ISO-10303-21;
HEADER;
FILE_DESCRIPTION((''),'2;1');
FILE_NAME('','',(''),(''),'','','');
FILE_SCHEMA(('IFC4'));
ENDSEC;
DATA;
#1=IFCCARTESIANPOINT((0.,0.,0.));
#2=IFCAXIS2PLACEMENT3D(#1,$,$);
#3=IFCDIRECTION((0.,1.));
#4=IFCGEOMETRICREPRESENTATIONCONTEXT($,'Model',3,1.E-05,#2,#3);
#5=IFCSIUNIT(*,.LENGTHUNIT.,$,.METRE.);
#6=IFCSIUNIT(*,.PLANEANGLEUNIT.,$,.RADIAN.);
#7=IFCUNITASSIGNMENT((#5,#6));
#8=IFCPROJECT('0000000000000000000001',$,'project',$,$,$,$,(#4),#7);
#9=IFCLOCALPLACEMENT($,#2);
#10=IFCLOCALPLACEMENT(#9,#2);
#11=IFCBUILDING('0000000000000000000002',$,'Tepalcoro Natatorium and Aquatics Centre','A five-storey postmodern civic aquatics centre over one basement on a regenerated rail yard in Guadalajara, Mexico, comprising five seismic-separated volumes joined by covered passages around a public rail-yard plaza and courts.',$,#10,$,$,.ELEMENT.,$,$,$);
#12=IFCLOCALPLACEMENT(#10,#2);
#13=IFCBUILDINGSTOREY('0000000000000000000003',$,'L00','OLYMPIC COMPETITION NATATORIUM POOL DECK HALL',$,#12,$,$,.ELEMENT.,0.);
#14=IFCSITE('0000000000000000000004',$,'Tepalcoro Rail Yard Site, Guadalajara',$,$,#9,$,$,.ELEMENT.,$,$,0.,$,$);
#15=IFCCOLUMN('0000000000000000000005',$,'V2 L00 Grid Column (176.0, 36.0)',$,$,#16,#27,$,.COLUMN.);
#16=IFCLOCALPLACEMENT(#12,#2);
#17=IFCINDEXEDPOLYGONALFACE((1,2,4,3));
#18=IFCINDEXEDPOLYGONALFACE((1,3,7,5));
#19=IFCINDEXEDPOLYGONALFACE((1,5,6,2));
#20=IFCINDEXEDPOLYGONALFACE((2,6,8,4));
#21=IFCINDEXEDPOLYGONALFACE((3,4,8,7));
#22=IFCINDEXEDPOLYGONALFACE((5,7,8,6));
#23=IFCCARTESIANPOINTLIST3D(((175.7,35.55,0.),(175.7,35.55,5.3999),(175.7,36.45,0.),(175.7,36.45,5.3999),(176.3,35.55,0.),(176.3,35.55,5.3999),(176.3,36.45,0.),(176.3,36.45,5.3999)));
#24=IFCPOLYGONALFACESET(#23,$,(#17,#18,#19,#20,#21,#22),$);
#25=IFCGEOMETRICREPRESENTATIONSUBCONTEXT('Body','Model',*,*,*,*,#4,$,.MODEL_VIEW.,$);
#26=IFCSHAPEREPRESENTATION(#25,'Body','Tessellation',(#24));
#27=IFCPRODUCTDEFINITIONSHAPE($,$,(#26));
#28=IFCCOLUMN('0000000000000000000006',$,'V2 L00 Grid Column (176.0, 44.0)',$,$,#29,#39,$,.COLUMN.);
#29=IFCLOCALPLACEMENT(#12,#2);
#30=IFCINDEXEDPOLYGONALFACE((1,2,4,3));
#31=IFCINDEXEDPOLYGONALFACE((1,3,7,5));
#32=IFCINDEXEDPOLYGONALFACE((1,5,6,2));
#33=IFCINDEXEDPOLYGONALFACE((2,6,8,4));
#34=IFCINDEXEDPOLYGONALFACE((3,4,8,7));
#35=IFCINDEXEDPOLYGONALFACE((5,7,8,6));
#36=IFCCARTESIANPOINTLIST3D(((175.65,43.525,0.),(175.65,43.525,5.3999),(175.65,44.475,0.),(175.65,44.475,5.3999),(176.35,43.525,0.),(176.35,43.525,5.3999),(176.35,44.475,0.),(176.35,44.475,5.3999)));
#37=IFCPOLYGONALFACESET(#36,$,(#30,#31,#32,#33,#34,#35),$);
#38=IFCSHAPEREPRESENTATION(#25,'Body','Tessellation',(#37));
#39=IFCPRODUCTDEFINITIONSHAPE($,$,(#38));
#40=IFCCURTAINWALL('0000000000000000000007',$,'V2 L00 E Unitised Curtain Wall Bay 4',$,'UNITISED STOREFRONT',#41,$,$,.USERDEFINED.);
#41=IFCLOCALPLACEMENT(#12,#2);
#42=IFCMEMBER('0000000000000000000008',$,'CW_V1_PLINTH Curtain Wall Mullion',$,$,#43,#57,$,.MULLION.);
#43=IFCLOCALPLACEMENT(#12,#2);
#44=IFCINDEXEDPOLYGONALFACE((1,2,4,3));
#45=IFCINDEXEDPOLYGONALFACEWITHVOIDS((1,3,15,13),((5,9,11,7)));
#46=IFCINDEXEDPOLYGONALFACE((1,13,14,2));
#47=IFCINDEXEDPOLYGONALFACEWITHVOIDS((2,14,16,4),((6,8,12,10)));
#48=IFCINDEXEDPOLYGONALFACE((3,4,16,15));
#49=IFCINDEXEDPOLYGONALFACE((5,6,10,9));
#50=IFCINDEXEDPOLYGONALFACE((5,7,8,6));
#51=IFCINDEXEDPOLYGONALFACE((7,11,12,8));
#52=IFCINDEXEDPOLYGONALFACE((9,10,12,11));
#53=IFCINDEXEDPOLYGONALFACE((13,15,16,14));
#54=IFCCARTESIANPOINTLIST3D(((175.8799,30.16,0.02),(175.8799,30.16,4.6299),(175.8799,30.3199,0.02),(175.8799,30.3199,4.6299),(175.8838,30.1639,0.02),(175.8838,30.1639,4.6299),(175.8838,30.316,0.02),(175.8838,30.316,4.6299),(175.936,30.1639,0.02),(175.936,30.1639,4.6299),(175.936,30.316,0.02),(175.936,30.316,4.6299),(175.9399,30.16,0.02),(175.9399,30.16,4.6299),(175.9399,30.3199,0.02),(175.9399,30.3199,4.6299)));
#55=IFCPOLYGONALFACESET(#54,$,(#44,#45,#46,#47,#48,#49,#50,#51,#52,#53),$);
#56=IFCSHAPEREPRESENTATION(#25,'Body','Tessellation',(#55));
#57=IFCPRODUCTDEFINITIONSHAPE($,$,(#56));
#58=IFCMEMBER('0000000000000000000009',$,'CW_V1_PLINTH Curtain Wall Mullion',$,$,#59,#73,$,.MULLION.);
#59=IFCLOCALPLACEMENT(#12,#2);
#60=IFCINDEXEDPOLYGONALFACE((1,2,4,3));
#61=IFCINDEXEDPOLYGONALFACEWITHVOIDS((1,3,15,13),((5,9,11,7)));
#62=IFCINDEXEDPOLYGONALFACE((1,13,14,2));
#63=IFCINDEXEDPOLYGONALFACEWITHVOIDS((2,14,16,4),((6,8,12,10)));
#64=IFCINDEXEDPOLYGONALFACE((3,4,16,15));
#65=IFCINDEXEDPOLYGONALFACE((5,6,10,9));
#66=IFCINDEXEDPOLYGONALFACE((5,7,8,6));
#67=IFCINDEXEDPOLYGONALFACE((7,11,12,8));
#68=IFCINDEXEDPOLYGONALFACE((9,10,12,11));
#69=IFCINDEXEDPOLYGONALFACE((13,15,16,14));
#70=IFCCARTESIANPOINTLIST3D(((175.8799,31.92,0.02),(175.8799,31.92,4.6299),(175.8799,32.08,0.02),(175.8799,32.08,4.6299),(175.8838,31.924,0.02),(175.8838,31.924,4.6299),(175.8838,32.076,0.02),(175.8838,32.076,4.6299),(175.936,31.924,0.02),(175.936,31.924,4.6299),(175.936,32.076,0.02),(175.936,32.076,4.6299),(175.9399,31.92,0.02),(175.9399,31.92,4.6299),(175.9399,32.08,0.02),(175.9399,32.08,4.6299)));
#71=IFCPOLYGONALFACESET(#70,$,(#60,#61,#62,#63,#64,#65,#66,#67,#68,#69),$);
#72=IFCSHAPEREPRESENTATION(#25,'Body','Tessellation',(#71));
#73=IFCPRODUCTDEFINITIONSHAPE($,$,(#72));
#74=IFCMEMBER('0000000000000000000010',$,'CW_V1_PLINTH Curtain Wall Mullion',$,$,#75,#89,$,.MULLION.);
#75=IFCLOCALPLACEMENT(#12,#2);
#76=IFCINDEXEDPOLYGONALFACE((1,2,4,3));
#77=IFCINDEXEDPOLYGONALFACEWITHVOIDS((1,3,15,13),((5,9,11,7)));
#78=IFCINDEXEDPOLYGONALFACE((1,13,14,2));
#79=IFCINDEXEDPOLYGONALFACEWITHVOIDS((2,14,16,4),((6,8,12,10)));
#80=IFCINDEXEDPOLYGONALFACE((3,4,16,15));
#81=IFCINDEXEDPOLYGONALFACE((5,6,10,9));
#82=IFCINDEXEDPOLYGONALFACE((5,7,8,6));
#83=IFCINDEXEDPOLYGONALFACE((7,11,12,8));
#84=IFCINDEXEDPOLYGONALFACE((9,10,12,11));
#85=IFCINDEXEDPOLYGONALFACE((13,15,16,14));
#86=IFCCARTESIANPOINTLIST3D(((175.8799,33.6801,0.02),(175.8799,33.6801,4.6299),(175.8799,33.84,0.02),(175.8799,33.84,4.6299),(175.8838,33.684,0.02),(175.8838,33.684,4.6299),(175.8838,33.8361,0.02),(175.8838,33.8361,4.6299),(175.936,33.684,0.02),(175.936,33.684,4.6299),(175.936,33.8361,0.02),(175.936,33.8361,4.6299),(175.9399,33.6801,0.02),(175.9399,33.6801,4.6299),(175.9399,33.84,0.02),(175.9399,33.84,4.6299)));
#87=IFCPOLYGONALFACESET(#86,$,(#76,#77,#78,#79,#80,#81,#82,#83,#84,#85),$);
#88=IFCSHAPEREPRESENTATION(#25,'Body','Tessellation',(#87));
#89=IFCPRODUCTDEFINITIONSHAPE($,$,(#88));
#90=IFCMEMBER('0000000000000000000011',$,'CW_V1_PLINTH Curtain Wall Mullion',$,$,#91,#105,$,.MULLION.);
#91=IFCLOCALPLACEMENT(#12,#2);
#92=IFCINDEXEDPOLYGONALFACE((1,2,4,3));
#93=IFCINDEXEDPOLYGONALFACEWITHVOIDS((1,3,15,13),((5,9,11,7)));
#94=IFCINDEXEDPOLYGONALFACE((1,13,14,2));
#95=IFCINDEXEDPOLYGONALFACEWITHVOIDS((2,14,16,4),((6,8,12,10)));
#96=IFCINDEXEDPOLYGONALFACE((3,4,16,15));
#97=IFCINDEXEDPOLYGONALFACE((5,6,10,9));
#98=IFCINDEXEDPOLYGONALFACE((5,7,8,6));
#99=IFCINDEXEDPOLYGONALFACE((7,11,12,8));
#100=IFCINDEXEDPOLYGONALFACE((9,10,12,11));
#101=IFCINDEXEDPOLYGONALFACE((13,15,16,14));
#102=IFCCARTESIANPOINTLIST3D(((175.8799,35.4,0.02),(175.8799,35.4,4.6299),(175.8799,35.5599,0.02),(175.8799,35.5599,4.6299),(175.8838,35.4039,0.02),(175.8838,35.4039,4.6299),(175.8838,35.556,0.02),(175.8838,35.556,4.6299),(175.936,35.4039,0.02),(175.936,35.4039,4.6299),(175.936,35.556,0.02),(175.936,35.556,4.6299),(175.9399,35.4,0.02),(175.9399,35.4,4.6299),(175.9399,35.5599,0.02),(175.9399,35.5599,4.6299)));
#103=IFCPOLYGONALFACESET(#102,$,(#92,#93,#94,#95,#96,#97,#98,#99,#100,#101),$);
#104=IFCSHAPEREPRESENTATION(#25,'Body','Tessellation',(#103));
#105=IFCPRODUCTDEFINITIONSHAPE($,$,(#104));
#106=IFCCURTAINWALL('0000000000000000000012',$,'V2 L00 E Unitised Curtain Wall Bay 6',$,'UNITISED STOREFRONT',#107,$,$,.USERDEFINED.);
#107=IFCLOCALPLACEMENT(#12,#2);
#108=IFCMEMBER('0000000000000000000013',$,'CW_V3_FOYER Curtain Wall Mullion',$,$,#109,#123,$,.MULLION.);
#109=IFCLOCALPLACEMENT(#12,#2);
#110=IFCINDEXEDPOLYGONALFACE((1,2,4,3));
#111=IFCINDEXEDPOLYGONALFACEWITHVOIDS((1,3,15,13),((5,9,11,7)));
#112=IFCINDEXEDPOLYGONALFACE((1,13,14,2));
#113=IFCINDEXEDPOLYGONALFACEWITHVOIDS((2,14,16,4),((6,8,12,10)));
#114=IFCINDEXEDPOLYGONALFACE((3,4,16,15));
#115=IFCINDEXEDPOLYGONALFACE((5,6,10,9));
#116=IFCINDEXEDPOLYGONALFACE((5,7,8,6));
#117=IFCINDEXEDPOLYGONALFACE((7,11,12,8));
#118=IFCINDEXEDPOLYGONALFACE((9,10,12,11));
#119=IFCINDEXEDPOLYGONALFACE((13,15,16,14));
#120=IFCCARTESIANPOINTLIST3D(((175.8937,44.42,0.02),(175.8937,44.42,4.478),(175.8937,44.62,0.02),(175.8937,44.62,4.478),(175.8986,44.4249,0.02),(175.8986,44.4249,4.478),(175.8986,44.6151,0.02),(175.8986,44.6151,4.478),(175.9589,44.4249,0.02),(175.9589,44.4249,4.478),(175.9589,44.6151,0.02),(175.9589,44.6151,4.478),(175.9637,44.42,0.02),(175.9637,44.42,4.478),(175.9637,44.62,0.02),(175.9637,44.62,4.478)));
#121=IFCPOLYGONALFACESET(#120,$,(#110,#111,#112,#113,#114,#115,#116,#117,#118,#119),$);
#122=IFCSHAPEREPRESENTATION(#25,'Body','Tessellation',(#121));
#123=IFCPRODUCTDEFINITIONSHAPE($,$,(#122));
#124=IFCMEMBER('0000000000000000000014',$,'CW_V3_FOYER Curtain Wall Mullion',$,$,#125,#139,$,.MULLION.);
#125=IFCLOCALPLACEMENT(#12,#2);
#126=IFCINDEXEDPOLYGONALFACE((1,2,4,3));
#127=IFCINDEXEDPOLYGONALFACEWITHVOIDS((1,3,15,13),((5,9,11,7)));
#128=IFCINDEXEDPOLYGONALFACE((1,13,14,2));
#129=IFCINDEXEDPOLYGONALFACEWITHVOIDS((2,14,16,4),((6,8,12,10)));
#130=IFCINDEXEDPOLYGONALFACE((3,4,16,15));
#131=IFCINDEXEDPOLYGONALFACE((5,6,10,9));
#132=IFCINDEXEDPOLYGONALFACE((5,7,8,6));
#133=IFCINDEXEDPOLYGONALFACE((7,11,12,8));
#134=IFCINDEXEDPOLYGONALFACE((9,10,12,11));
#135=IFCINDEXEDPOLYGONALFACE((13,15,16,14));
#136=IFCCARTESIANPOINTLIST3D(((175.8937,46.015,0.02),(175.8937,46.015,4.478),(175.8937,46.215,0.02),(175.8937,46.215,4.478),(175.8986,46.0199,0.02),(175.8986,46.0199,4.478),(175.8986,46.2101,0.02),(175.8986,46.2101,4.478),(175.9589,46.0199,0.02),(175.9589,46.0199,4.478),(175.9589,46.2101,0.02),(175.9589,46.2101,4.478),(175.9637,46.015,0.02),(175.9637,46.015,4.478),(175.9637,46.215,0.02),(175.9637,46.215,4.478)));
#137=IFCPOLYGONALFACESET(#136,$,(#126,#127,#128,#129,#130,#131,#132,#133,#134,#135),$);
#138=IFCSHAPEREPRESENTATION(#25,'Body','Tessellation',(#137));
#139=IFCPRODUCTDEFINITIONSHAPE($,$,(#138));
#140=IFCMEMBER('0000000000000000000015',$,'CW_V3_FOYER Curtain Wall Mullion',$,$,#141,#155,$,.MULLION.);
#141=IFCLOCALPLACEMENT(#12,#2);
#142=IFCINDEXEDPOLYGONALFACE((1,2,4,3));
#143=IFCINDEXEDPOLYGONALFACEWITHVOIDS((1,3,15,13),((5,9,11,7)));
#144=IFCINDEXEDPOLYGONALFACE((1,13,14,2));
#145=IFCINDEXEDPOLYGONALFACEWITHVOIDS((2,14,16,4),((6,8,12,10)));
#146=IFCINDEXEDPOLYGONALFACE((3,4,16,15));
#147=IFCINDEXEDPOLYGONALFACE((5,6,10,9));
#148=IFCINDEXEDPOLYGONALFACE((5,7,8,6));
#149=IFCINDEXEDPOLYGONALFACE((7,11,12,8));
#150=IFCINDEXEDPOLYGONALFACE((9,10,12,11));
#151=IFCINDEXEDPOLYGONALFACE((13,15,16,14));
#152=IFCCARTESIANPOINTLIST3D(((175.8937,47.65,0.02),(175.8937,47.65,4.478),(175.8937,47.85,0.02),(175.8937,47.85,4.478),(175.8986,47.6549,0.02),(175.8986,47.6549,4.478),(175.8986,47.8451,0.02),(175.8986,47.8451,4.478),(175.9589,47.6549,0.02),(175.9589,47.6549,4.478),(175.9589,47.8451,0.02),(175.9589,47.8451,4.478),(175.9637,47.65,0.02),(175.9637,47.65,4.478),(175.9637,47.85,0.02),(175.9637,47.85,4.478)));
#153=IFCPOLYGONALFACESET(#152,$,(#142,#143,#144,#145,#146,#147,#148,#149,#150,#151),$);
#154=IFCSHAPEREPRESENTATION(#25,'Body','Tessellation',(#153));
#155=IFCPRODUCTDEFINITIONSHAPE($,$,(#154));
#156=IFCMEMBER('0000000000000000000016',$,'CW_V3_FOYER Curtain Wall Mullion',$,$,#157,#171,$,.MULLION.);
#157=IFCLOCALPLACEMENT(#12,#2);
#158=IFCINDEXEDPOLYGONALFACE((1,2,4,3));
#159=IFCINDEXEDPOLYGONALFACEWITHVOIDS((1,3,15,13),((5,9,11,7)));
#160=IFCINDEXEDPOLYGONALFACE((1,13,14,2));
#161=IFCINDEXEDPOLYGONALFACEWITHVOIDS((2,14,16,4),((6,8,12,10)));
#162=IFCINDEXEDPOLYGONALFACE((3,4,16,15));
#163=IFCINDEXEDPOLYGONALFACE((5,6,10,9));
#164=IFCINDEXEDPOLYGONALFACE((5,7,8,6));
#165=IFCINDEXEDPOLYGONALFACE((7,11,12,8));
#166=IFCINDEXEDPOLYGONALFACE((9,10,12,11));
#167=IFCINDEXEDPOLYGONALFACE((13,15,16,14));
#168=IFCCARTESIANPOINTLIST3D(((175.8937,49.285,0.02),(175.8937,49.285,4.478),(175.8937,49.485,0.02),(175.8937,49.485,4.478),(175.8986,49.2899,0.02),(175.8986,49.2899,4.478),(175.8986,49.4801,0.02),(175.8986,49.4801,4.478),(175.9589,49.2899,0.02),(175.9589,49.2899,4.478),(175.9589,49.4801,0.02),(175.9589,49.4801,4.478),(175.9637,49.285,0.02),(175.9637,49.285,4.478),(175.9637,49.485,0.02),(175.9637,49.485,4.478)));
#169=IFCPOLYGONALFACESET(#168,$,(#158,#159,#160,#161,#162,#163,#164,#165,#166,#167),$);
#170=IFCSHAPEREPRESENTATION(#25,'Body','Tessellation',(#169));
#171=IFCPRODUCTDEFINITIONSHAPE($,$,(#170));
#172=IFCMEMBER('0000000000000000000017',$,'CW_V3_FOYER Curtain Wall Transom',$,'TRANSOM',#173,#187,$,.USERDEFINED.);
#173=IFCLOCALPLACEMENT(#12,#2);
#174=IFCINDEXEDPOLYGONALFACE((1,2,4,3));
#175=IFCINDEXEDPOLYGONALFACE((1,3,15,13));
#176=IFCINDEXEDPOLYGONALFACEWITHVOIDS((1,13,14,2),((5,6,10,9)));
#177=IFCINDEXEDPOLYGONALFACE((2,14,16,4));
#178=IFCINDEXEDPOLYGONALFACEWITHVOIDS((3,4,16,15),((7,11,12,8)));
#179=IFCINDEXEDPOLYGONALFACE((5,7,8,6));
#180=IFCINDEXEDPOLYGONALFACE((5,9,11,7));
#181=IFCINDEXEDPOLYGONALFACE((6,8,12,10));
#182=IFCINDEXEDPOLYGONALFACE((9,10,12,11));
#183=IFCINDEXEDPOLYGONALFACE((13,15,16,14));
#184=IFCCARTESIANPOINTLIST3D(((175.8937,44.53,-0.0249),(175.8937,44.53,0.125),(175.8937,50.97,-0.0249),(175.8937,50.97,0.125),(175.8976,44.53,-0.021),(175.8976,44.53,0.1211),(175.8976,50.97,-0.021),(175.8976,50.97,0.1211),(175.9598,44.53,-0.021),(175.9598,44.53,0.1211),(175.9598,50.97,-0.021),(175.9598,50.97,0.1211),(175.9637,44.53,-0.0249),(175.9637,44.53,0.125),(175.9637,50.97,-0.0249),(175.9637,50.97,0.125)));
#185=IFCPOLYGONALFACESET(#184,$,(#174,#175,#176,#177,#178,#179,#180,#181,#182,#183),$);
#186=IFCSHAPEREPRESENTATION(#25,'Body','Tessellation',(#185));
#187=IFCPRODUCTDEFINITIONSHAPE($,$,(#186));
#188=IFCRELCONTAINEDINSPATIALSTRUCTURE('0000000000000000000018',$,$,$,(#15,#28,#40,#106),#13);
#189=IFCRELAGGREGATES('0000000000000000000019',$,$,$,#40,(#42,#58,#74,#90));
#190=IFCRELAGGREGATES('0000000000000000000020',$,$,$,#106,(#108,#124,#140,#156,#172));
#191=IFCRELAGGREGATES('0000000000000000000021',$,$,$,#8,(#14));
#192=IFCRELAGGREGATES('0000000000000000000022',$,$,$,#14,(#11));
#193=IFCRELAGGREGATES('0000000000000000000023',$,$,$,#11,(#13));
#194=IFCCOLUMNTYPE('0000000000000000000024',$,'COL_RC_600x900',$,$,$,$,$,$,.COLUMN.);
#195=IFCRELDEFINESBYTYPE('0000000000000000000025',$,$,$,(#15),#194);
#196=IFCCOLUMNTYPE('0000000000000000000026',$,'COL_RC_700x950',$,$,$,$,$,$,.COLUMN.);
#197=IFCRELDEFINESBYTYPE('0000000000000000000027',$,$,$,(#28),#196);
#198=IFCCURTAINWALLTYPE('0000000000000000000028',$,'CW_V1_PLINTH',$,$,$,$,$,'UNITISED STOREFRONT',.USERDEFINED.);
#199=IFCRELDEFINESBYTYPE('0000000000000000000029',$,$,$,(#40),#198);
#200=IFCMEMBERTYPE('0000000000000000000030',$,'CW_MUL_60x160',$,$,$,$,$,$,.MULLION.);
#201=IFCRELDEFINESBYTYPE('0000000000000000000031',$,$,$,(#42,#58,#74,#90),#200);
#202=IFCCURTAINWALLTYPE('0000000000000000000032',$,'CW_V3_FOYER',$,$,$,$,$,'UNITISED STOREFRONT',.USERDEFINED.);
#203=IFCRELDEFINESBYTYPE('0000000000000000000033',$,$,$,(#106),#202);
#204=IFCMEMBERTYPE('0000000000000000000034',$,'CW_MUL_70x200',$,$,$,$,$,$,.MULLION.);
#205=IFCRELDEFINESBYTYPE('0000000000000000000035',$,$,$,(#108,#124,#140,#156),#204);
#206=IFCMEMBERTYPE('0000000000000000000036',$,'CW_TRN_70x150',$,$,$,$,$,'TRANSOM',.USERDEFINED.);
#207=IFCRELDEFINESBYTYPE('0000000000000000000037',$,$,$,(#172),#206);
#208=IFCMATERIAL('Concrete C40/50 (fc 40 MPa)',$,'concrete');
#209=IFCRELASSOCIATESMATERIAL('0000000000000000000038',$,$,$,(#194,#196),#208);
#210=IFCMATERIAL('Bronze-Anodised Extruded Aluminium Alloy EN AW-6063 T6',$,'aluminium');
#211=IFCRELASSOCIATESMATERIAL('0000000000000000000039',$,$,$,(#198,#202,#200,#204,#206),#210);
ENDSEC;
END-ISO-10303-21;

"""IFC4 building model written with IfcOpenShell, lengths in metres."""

from ifc_helpers import new_model, si_unit, direction, frame, origin, origin_2d, place, context, subcontext, project, spatial, rectangle, hollow_rectangle, extrude, material, material_profile, profile_set, type_object, element, aggregate, save


model = new_model("IFC4")

# Units and contexts
model_context = context("Model", 3, precision=1e-05, world=origin(), true_north=direction((0.0, 1.0)))
body_context = subcontext(model_context, "Body", "Model", "MODEL_VIEW")
ifc_project = project(units=[si_unit("LENGTHUNIT", "METRE"), si_unit("PLANEANGLEUNIT", "RADIAN")], contexts=[model_context])

# Site, building, storey
site_placement = place(None, origin())
site = spatial("IfcSite", under=ifc_project, at=site_placement, Name="Tepalcoro Rail Yard Site, Guadalajara", CompositionType="ELEMENT", RefElevation=0.0)
building_placement = place(site_placement, origin())
building = spatial("IfcBuilding", under=site, at=building_placement, Name="Tepalcoro Natatorium and Aquatics Centre", Description="A five-storey postmodern civic aquatics centre over one basement on a regenerated rail yard in Guadalajara, Mexico, comprising five seismic-separated volumes joined by covered passages around a public rail-yard plaza and courts.", CompositionType="ELEMENT")
storey_placement = place(building_placement, origin())
storey = spatial("IfcBuildingStorey", under=building, at=storey_placement, Name="L00", Description="OLYMPIC COMPETITION NATATORIUM POOL DECK HALL", CompositionType="ELEMENT", Elevation=0.0)

# Columns
ifc_material_1 = material(Name="Concrete C40/50 (fc 40 MPa)", Category="concrete")
ifc_material_profile_1 = material_profile(ifc_material_1, rectangle(XDim=0.6001, YDim=0.8999, at=origin_2d()), Name="RC600x900")
ifc_profile_set_1 = profile_set([ifc_material_profile_1], Name="Concrete C40/50 (fc 40 MPa)")
column_type_1 = type_object("IfcColumnType", Name="COL_RC_600x900", PredefinedType="COLUMN", material=ifc_profile_set_1)
column_1_placement = place(storey_placement, frame((176.0, 36.0, 0.0), z_axis=(0.0, 0.0, 1.0), x_axis=(1.0, 0.0, 0.0)))
element("IfcColumn", 1, at=column_1_placement, inside=storey, type_object=column_type_1, Name="V2 L00 Grid Column (176.0, 36.0)", PredefinedType="COLUMN", context=body_context, shape_type="SweptSolid", body=[
    extrude(rectangle(XDim=0.6001, YDim=0.8999, at=origin_2d()), origin(), (0.0, 0.0, 1.0), 5.3999),
])
ifc_material_profile_2 = material_profile(ifc_material_1, rectangle(XDim=0.7, YDim=0.95, at=origin_2d()), Name="RC700x950")
ifc_profile_set_2 = profile_set([ifc_material_profile_2], Name="Concrete C40/50 (fc 40 MPa)")
column_type_2 = type_object("IfcColumnType", Name="COL_RC_700x950", PredefinedType="COLUMN", material=ifc_profile_set_2)
column_2_placement = place(storey_placement, frame((176.0, 44.0, 0.0), z_axis=(0.0, 0.0, 1.0), x_axis=(1.0, 0.0, 0.0)))
element("IfcColumn", 2, at=column_2_placement, inside=storey, type_object=column_type_2, Name="V2 L00 Grid Column (176.0, 44.0)", PredefinedType="COLUMN", context=body_context, shape_type="SweptSolid", body=[
    extrude(rectangle(XDim=0.7, YDim=0.95, at=origin_2d()), origin(), (0.0, 0.0, 1.0), 5.3999),
])

# Curtain walls, members
ifc_material_2 = material(Name="Bronze-Anodised Extruded Aluminium Alloy EN AW-6063 T6", Category="aluminium")
curtain_wall_type_1 = type_object("IfcCurtainWallType", Name="CW_V1_PLINTH", ElementType="UNITISED STOREFRONT", PredefinedType="USERDEFINED", material=ifc_material_2)
curtain_wall_1_placement = place(storey_placement, origin())
curtain_wall_1 = element("IfcCurtainWall", 3, at=curtain_wall_1_placement, inside=storey, type_object=curtain_wall_type_1, Name="V2 L00 E Unitised Curtain Wall Bay 4", ObjectType="UNITISED STOREFRONT", PredefinedType="USERDEFINED")
ifc_material_profile_3 = material_profile(ifc_material_2, hollow_rectangle(XDim=0.0601, YDim=0.1599, WallThickness=0.0039, at=origin_2d()), Name="AL60X160X4")
ifc_profile_set_3 = profile_set([ifc_material_profile_3], Name="Bronze-Anodised Extruded Aluminium Alloy EN AW-6063 T6")
member_type_1 = type_object("IfcMemberType", Name="CW_MUL_60x160", PredefinedType="MULLION", material=ifc_profile_set_3)
member_1_placement = place(storey_placement, frame((175.9099, 30.24, 0.02), z_axis=(0.0, 0.0, 1.0), x_axis=(1.0, 0.0, 0.0)))
member_1 = element("IfcMember", 4, at=member_1_placement, type_object=member_type_1, Name="CW_V1_PLINTH Curtain Wall Mullion", PredefinedType="MULLION", context=body_context, shape_type="SweptSolid", body=[
    extrude(hollow_rectangle(XDim=0.0601, YDim=0.1599, WallThickness=0.0039, at=origin_2d()), origin(), (0.0, 0.0, 1.0), 4.6099),
])
member_2_placement = place(storey_placement, frame((175.9099, 32.0, 0.02), z_axis=(0.0, 0.0, 1.0), x_axis=(1.0, 0.0, 0.0)))
member_2 = element("IfcMember", 5, at=member_2_placement, type_object=member_type_1, Name="CW_V1_PLINTH Curtain Wall Mullion", PredefinedType="MULLION", context=body_context, shape_type="SweptSolid", body=[
    extrude(hollow_rectangle(XDim=0.0601, YDim=0.1599, WallThickness=0.0039, at=origin_2d()), origin(), (0.0, 0.0, 1.0), 4.6099),
])
member_3_placement = place(storey_placement, frame((175.9099, 33.76, 0.02), z_axis=(0.0, 0.0, 1.0), x_axis=(1.0, 0.0, 0.0)))
member_3 = element("IfcMember", 6, at=member_3_placement, type_object=member_type_1, Name="CW_V1_PLINTH Curtain Wall Mullion", PredefinedType="MULLION", context=body_context, shape_type="SweptSolid", body=[
    extrude(hollow_rectangle(XDim=0.0601, YDim=0.1599, WallThickness=0.0039, at=origin_2d()), origin(), (0.0, 0.0, 1.0), 4.6099),
])
member_4_placement = place(storey_placement, frame((175.9099, 35.48, 0.02), z_axis=(0.0, 0.0, 1.0), x_axis=(1.0, 0.0, 0.0)))
member_4 = element("IfcMember", 7, at=member_4_placement, type_object=member_type_1, Name="CW_V1_PLINTH Curtain Wall Mullion", PredefinedType="MULLION", context=body_context, shape_type="SweptSolid", body=[
    extrude(hollow_rectangle(XDim=0.0601, YDim=0.1599, WallThickness=0.0039, at=origin_2d()), origin(), (0.0, 0.0, 1.0), 4.6099),
])
curtain_wall_type_2 = type_object("IfcCurtainWallType", Name="CW_V3_FOYER", ElementType="UNITISED STOREFRONT", PredefinedType="USERDEFINED", material=ifc_material_2)
curtain_wall_2_placement = place(storey_placement, origin())
curtain_wall_2 = element("IfcCurtainWall", 8, at=curtain_wall_2_placement, inside=storey, type_object=curtain_wall_type_2, Name="V2 L00 E Unitised Curtain Wall Bay 6", ObjectType="UNITISED STOREFRONT", PredefinedType="USERDEFINED")
ifc_material_profile_4 = material_profile(ifc_material_2, hollow_rectangle(XDim=0.0701, YDim=0.2, WallThickness=0.0049, at=origin_2d()), Name="AL70X200X5")
ifc_profile_set_4 = profile_set([ifc_material_profile_4], Name="Bronze-Anodised Extruded Aluminium Alloy EN AW-6063 T6")
member_type_2 = type_object("IfcMemberType", Name="CW_MUL_70x200", PredefinedType="MULLION", material=ifc_profile_set_4)
member_5_placement = place(storey_placement, frame((175.9287, 44.52, 0.02), z_axis=(0.0, 0.0, 1.0), x_axis=(1.0, 0.0, 0.0)))
member_5 = element("IfcMember", 9, at=member_5_placement, type_object=member_type_2, Name="CW_V3_FOYER Curtain Wall Mullion", PredefinedType="MULLION", context=body_context, shape_type="SweptSolid", body=[
    extrude(hollow_rectangle(XDim=0.0701, YDim=0.2, WallThickness=0.0049, at=origin_2d()), origin(), (0.0, 0.0, 1.0), 4.458),
])
member_6_placement = place(storey_placement, frame((175.9287, 46.115, 0.02), z_axis=(0.0, 0.0, 1.0), x_axis=(1.0, 0.0, 0.0)))
member_6 = element("IfcMember", 10, at=member_6_placement, type_object=member_type_2, Name="CW_V3_FOYER Curtain Wall Mullion", PredefinedType="MULLION", context=body_context, shape_type="SweptSolid", body=[
    extrude(hollow_rectangle(XDim=0.0701, YDim=0.2, WallThickness=0.0049, at=origin_2d()), origin(), (0.0, 0.0, 1.0), 4.458),
])
member_7_placement = place(storey_placement, frame((175.9287, 47.75, 0.02), z_axis=(0.0, 0.0, 1.0), x_axis=(1.0, 0.0, 0.0)))
member_7 = element("IfcMember", 11, at=member_7_placement, type_object=member_type_2, Name="CW_V3_FOYER Curtain Wall Mullion", PredefinedType="MULLION", context=body_context, shape_type="SweptSolid", body=[
    extrude(hollow_rectangle(XDim=0.0701, YDim=0.2, WallThickness=0.0049, at=origin_2d()), origin(), (0.0, 0.0, 1.0), 4.458),
])
member_8_placement = place(storey_placement, frame((175.9287, 49.385, 0.02), z_axis=(0.0, 0.0, 1.0), x_axis=(1.0, 0.0, 0.0)))
member_8 = element("IfcMember", 12, at=member_8_placement, type_object=member_type_2, Name="CW_V3_FOYER Curtain Wall Mullion", PredefinedType="MULLION", context=body_context, shape_type="SweptSolid", body=[
    extrude(hollow_rectangle(XDim=0.0701, YDim=0.2, WallThickness=0.0049, at=origin_2d()), origin(), (0.0, 0.0, 1.0), 4.458),
])
ifc_material_profile_5 = material_profile(ifc_material_2, hollow_rectangle(XDim=0.0701, YDim=0.1499, WallThickness=0.0039, at=origin_2d()), Name="AL70X150X4")
ifc_profile_set_5 = profile_set([ifc_material_profile_5], Name="Bronze-Anodised Extruded Aluminium Alloy EN AW-6063 T6")
member_type_3 = type_object("IfcMemberType", Name="CW_TRN_70x150", ElementType="TRANSOM", PredefinedType="USERDEFINED", material=ifc_profile_set_5)
member_9_placement = place(storey_placement, frame((175.9287, 44.53, 0.05), z_axis=(0.0, 1.0, 0.0), x_axis=(-1.0, 0.0, 0.0)))
member_9 = element("IfcMember", 13, at=member_9_placement, type_object=member_type_3, Name="CW_V3_FOYER Curtain Wall Transom", ObjectType="TRANSOM", PredefinedType="USERDEFINED", context=body_context, shape_type="SweptSolid", body=[
    extrude(hollow_rectangle(XDim=0.0701, YDim=0.1499, WallThickness=0.0039, at=origin_2d()), origin(), (0.0, 0.0, 1.0), 6.4399),
])

aggregate(curtain_wall_1, [member_1, member_2, member_3, member_4])
aggregate(curtain_wall_2, [member_5, member_6, member_7, member_8, member_9])

save(model, "model.ifc")
